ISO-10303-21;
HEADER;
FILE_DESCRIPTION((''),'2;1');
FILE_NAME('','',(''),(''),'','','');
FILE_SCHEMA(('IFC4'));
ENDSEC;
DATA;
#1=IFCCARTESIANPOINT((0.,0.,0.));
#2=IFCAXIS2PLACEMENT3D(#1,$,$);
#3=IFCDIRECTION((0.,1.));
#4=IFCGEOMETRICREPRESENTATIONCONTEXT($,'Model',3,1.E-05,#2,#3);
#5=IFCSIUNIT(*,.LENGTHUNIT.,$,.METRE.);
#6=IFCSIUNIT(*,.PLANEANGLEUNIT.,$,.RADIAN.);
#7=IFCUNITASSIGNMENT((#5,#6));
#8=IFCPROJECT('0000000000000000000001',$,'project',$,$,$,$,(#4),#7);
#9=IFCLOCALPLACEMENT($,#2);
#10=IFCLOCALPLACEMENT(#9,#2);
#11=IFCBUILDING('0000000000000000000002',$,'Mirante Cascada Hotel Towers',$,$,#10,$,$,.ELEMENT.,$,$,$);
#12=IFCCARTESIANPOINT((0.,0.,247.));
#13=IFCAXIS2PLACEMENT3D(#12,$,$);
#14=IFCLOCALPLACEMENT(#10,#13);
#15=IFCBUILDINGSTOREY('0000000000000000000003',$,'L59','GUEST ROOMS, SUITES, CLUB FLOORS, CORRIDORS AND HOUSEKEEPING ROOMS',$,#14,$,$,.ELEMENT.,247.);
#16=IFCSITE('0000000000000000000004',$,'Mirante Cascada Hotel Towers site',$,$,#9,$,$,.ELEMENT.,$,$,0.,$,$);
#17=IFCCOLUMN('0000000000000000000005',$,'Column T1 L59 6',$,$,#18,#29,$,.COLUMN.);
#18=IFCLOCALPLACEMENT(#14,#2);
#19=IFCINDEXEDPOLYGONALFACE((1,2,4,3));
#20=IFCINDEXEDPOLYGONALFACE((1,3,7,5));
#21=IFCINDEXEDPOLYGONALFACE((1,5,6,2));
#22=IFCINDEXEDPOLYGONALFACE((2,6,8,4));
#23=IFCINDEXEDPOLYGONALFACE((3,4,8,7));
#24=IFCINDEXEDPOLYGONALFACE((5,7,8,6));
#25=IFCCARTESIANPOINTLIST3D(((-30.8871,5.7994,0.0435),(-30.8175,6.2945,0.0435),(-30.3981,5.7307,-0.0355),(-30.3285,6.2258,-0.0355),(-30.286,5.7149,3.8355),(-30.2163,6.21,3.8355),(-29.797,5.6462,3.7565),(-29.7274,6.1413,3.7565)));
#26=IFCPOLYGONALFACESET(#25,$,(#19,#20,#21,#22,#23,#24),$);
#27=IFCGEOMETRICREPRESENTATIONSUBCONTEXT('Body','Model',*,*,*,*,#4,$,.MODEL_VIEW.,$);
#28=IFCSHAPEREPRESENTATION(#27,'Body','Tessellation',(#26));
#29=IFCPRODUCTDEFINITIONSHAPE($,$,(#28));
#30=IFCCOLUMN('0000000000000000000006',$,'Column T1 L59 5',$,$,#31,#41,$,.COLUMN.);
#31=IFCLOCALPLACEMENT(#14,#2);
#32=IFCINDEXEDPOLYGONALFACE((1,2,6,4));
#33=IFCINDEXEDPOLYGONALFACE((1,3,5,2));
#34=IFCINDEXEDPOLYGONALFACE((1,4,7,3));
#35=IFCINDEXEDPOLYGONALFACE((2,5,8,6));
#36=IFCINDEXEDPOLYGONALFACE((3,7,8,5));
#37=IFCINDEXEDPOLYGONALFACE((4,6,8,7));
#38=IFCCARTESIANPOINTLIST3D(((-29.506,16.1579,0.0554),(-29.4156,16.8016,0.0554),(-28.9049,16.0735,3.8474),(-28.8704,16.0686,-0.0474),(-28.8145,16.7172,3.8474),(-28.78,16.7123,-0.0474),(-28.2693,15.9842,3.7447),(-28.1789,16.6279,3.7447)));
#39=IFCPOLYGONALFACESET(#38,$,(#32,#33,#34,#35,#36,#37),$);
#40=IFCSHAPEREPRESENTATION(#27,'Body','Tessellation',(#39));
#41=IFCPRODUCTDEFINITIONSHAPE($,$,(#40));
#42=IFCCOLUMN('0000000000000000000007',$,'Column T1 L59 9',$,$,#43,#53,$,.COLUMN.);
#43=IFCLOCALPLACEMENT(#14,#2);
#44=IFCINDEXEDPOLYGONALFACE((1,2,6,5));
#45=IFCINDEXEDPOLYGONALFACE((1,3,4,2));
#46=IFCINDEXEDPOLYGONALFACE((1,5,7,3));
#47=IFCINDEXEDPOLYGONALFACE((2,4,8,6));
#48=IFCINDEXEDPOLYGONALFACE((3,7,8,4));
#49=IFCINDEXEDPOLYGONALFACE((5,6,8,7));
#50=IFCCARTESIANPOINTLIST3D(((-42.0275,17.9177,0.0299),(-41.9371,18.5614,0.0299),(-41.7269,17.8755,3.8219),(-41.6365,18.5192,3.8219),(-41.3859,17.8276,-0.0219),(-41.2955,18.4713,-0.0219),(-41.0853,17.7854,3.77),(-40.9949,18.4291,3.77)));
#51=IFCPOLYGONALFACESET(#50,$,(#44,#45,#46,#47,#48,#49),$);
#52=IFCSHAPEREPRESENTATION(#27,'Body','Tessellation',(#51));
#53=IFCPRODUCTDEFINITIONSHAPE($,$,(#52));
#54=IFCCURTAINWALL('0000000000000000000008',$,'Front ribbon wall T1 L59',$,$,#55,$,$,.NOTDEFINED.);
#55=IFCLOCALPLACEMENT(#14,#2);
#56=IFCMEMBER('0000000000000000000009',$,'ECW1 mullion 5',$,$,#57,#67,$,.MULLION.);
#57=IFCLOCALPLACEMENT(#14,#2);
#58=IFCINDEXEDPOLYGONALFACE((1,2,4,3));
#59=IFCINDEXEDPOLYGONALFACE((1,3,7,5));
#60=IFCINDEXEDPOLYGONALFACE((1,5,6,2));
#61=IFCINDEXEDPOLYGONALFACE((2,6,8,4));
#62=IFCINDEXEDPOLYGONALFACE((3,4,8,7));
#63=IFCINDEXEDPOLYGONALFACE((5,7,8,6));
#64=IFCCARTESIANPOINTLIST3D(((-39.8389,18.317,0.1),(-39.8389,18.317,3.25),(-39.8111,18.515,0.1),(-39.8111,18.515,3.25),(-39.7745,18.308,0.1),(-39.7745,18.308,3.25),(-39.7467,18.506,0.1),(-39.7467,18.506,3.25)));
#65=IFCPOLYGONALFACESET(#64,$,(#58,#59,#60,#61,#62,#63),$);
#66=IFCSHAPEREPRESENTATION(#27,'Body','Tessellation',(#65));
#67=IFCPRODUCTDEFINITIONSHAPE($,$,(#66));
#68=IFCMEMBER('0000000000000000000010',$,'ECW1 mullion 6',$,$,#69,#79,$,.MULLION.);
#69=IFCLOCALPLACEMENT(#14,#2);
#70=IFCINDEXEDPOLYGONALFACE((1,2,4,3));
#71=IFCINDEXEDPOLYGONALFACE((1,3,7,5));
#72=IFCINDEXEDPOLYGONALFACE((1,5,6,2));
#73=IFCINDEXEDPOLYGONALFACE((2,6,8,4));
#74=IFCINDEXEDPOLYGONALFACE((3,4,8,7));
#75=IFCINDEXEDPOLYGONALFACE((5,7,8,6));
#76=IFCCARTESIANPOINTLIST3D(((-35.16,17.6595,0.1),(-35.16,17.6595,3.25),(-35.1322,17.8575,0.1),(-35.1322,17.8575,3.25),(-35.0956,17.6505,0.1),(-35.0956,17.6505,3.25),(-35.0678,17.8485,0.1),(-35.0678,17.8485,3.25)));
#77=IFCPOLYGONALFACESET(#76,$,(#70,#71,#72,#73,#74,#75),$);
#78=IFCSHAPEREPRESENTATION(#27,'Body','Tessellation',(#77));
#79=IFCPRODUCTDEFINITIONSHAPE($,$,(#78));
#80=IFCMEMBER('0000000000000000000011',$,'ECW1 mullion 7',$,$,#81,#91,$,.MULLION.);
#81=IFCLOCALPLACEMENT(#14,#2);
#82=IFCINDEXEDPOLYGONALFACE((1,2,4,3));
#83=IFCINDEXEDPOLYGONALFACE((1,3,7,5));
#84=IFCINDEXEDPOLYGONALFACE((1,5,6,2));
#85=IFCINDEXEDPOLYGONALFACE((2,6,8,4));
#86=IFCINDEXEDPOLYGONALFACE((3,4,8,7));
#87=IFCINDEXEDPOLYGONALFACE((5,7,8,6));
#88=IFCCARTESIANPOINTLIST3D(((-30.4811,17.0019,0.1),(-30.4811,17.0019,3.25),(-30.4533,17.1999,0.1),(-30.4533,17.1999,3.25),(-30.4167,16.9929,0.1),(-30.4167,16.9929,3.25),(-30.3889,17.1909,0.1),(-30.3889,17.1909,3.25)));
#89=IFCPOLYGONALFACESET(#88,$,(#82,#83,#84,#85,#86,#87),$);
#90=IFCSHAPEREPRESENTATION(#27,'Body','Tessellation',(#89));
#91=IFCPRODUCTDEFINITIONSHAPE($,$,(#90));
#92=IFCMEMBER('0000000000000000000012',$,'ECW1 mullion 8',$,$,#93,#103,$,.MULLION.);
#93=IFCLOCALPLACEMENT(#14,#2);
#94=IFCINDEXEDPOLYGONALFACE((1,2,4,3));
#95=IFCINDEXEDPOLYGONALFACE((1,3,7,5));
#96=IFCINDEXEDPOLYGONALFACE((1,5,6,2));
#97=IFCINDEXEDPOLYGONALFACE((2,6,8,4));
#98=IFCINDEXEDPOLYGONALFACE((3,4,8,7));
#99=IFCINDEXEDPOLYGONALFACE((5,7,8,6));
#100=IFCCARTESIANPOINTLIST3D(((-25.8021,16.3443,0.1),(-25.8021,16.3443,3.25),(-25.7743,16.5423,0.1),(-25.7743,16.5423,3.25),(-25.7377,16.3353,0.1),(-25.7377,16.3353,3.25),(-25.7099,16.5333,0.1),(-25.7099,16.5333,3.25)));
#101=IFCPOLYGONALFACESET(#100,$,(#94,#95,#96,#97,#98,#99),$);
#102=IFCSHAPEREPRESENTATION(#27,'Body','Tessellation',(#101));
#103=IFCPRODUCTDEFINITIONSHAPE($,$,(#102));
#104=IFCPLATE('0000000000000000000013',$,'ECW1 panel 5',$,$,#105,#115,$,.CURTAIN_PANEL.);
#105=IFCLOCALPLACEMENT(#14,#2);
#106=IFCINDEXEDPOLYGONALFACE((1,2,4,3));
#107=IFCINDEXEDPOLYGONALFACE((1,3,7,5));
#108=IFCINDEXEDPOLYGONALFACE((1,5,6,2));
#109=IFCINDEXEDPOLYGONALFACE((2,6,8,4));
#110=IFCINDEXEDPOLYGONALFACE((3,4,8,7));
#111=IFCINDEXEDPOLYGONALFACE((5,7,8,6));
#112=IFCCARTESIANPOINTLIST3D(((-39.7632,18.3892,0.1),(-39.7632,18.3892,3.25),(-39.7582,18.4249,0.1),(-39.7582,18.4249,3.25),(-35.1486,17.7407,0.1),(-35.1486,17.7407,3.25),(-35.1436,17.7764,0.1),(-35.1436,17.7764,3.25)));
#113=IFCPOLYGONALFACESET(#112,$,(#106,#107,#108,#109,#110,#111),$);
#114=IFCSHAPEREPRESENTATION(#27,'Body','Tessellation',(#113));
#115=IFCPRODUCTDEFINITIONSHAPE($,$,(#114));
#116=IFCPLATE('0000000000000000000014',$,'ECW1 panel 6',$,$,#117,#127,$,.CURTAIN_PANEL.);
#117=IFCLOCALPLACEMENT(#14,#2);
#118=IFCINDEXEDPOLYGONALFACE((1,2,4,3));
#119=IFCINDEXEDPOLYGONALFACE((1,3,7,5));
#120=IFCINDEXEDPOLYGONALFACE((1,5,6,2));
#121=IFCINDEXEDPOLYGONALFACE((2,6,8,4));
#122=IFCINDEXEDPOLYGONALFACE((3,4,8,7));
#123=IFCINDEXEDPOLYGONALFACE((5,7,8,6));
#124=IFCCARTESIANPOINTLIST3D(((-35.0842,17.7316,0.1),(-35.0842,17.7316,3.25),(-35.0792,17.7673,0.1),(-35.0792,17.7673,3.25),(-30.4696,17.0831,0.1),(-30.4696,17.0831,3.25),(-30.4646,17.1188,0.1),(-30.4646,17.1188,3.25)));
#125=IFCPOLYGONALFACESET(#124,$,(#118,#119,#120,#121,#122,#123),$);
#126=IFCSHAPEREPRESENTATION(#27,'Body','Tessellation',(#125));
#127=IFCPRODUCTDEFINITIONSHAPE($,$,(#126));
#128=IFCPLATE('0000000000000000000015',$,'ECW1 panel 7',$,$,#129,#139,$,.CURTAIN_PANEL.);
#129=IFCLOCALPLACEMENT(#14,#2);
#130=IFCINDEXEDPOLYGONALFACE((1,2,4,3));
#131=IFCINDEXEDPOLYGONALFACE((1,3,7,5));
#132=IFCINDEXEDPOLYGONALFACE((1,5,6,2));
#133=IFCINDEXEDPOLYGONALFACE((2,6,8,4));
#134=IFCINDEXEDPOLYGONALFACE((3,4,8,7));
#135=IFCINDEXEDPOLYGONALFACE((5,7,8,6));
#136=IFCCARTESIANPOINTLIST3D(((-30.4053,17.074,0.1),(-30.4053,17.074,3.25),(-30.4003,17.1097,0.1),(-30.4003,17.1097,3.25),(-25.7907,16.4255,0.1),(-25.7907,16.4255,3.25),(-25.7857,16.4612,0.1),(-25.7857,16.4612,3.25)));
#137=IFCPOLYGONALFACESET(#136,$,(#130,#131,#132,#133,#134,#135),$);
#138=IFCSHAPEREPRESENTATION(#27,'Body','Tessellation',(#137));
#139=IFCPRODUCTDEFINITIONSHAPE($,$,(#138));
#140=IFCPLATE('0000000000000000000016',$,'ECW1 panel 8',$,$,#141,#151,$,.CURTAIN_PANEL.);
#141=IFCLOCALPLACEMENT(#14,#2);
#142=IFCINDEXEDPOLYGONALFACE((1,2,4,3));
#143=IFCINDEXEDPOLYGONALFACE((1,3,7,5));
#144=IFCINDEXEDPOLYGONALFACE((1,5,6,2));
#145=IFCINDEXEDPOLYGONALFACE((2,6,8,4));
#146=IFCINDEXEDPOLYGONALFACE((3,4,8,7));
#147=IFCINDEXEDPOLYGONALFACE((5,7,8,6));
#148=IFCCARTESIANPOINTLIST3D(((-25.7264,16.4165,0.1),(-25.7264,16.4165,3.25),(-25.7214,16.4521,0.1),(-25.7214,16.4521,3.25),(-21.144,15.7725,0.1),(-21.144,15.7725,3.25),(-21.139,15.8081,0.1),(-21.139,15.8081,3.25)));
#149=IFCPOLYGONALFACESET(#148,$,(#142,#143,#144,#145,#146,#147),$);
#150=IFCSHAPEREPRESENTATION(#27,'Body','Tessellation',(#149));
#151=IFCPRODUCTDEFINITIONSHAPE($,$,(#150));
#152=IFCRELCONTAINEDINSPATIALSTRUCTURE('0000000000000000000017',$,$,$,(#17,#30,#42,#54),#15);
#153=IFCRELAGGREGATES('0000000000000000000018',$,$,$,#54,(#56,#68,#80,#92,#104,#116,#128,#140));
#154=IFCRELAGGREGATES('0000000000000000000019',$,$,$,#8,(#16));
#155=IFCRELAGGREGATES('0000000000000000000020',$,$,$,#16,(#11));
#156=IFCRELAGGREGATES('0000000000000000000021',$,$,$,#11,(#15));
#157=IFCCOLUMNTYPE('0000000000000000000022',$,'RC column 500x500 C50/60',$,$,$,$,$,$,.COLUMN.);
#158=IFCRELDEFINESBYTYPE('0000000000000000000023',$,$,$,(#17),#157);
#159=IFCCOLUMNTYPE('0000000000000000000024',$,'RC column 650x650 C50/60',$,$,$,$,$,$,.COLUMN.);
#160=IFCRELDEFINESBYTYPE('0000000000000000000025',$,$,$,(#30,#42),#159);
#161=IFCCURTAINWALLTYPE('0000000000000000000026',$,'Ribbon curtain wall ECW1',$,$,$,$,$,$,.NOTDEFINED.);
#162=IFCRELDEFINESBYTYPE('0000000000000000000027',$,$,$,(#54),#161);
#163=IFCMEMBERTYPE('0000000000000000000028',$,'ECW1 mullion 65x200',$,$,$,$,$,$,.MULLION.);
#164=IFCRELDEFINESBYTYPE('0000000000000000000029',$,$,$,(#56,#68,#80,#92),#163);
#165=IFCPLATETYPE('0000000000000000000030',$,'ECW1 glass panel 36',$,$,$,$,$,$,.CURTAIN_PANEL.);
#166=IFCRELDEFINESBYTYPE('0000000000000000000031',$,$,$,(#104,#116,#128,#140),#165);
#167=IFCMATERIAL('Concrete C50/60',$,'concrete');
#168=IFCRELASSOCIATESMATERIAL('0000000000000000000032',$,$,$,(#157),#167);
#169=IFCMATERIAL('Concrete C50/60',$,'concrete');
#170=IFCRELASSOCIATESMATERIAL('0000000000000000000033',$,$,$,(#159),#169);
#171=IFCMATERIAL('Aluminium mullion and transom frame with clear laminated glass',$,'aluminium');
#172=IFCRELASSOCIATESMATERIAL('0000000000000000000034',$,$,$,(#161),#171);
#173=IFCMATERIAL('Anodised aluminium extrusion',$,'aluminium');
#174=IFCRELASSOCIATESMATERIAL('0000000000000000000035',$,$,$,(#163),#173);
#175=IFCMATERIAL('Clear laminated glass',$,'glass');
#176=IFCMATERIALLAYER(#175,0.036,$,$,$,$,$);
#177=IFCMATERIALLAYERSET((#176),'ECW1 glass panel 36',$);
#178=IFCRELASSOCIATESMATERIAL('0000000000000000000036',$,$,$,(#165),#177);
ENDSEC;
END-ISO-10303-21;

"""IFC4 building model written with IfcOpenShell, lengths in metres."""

from ifc_helpers import new_model, si_unit, direction, frame, origin, origin_2d, place, context, subcontext, project, spatial, rectangle, extrude, material, layer, layer_set, material_profile, profile_set, type_object, element, aggregate, save


model = new_model("IFC4")

# Units and contexts
model_context = context("Model", 3, precision=1e-05, world=origin(), true_north=direction((0.0, 1.0)))
body_context = subcontext(model_context, "Body", "Model", "MODEL_VIEW")
ifc_project = project(units=[si_unit("LENGTHUNIT", "METRE"), si_unit("PLANEANGLEUNIT", "RADIAN")], contexts=[model_context])

# Site, building, storey
site_placement = place(None, origin())
site = spatial("IfcSite", under=ifc_project, at=site_placement, Name="Mirante Cascada Hotel Towers site", CompositionType="ELEMENT", RefElevation=0.0)
building_placement = place(site_placement, origin())
building = spatial("IfcBuilding", under=site, at=building_placement, Name="Mirante Cascada Hotel Towers", CompositionType="ELEMENT")
storey_placement = place(building_placement, frame((0.0, 0.0, 247.0)))
storey = spatial("IfcBuildingStorey", under=building, at=storey_placement, Name="L59", Description="GUEST ROOMS, SUITES, CLUB FLOORS, CORRIDORS AND HOUSEKEEPING ROOMS", CompositionType="ELEMENT", Elevation=247.0)

# Columns
ifc_material_1 = material(Name="Concrete C50/60", Category="concrete")
ifc_material_profile_1 = material_profile(ifc_material_1, rectangle(XDim=0.5, YDim=0.5, at=origin_2d()), Name="RC column 500x500 C50/60")
ifc_profile_set_1 = profile_set([ifc_material_profile_1], Name="Concrete C50/60")
column_type_1 = type_object("IfcColumnType", Name="RC column 500x500 C50/60", PredefinedType="COLUMN", material=ifc_profile_set_1)
column_1_placement = place(storey_placement, frame((-30.6078, 6.0126, 0.004), z_axis=(0.156525, -0.022004, 0.987429), x_axis=(0.139207, 0.990263, 0.0)))
element("IfcColumn", 1, at=column_1_placement, inside=storey, type_object=column_type_1, Name="Column T1 L59 6", PredefinedType="COLUMN", context=body_context, shape_type="SweptSolid", body=[
    extrude(rectangle(XDim=0.5, YDim=0.5, at=origin_2d()), origin(), (0.0, 0.0, 1.0), 3.8403),
])
ifc_material_2 = material(Name="Concrete C50/60", Category="concrete")
ifc_material_profile_2 = material_profile(ifc_material_2, rectangle(XDim=0.65, YDim=0.65, at=origin_2d()), Name="RC column 650x650 C50/60")
ifc_profile_set_2 = profile_set([ifc_material_profile_2], Name="Concrete C50/60")
column_type_2 = type_object("IfcColumnType", Name="RC column 650x650 C50/60", PredefinedType="COLUMN", material=ifc_profile_set_2)
column_2_placement = place(storey_placement, frame((-29.143, 16.4351, 0.004), z_axis=(0.156525, -0.021978, 0.987429), x_axis=(0.139045, 0.990286, 0.0)))
element("IfcColumn", 2, at=column_2_placement, inside=storey, type_object=column_type_2, Name="Column T1 L59 5", PredefinedType="COLUMN", context=body_context, shape_type="SweptSolid", body=[
    extrude(rectangle(XDim=0.65, YDim=0.65, at=origin_2d()), origin(), (0.0, 0.0, 1.0), 3.8403),
])
column_3_placement = place(storey_placement, frame((-41.6615, 18.1945, 0.004), z_axis=(0.079019, -0.011093, 0.996811), x_axis=(0.139023, 0.990289, 0.0)))
element("IfcColumn", 3, at=column_3_placement, inside=storey, type_object=column_type_2, Name="Column T1 L59 9", PredefinedType="COLUMN", context=body_context, shape_type="SweptSolid", body=[
    extrude(rectangle(XDim=0.65, YDim=0.65, at=origin_2d()), origin(), (0.0, 0.0, 1.0), 3.8041),
])

# Curtain wall, members, plates
ifc_material_3 = material(Name="Aluminium mullion and transom frame with clear laminated glass", Category="aluminium")
curtain_wall_type = type_object("IfcCurtainWallType", Name="Ribbon curtain wall ECW1", PredefinedType="NOTDEFINED", material=ifc_material_3)
curtain_wall_placement = place(storey_placement, origin())
curtain_wall = element("IfcCurtainWall", 4, at=curtain_wall_placement, inside=storey, type_object=curtain_wall_type, Name="Front ribbon wall T1 L59", PredefinedType="NOTDEFINED")
ifc_material_4 = material(Name="Anodised aluminium extrusion", Category="aluminium")
ifc_material_profile_3 = material_profile(ifc_material_4, rectangle(XDim=0.2, YDim=0.065, at=origin_2d()), Name="ECW1 MULLION 65x200")
ifc_profile_set_3 = profile_set([ifc_material_profile_3], Name="Anodised aluminium extrusion")
member_type = type_object("IfcMemberType", Name="ECW1 mullion 65x200", PredefinedType="MULLION", material=ifc_profile_set_3)
member_1_placement = place(storey_placement, frame((-39.7928, 18.4115, 0.1), z_axis=(0.0, 0.0, 1.0), x_axis=(0.139173, 0.990268, 0.0)))
member_1 = element("IfcMember", 5, at=member_1_placement, type_object=member_type, Name="ECW1 mullion 5", PredefinedType="MULLION", context=body_context, shape_type="SweptSolid", body=[
    extrude(rectangle(XDim=0.2, YDim=0.065, at=origin_2d()), origin(), (0.0, 0.0, 1.0), 3.15),
])
member_2_placement = place(storey_placement, frame((-35.1139, 17.754, 0.1), z_axis=(0.0, 0.0, 1.0), x_axis=(0.139173, 0.990268, 0.0)))
member_2 = element("IfcMember", 6, at=member_2_placement, type_object=member_type, Name="ECW1 mullion 6", PredefinedType="MULLION", context=body_context, shape_type="SweptSolid", body=[
    extrude(rectangle(XDim=0.2, YDim=0.065, at=origin_2d()), origin(), (0.0, 0.0, 1.0), 3.15),
])
member_3_placement = place(storey_placement, frame((-30.435, 17.0964, 0.1), z_axis=(0.0, 0.0, 1.0), x_axis=(0.139173, 0.990268, 0.0)))
member_3 = element("IfcMember", 7, at=member_3_placement, type_object=member_type, Name="ECW1 mullion 7", PredefinedType="MULLION", context=body_context, shape_type="SweptSolid", body=[
    extrude(rectangle(XDim=0.2, YDim=0.065, at=origin_2d()), origin(), (0.0, 0.0, 1.0), 3.15),
])
member_4_placement = place(storey_placement, frame((-25.756, 16.4388, 0.1), z_axis=(0.0, 0.0, 1.0), x_axis=(0.139173, 0.990268, 0.0)))
member_4 = element("IfcMember", 8, at=member_4_placement, type_object=member_type, Name="ECW1 mullion 8", PredefinedType="MULLION", context=body_context, shape_type="SweptSolid", body=[
    extrude(rectangle(XDim=0.2, YDim=0.065, at=origin_2d()), origin(), (0.0, 0.0, 1.0), 3.15),
])
ifc_material_5 = material(Name="Clear laminated glass", Category="glass")
ifc_layer_1 = layer(ifc_material_5, 0.036)
ifc_layer_set_1 = layer_set([ifc_layer_1], Name="ECW1 glass panel 36")
plate_type = type_object("IfcPlateType", Name="ECW1 glass panel 36", PredefinedType="CURTAIN_PANEL", material=ifc_layer_set_1)
plate_1_placement = place(storey_placement, frame((-37.4534, 18.0828, 0.1), z_axis=(0.0, 0.0, 1.0), x_axis=(0.990268, -0.139173, 0.0)))
plate_1 = element("IfcPlate", 9, at=plate_1_placement, type_object=plate_type, Name="ECW1 panel 5", PredefinedType="CURTAIN_PANEL", context=body_context, shape_type="SweptSolid", body=[
    extrude(rectangle(XDim=4.6599, YDim=0.036, at=origin_2d()), origin(), (0.0, 0.0, 1.0), 3.15),
])
plate_2_placement = place(storey_placement, frame((-32.7744, 17.4252, 0.1), z_axis=(0.0, 0.0, 1.0), x_axis=(0.990268, -0.139173, 0.0)))
plate_2 = element("IfcPlate", 10, at=plate_2_placement, type_object=plate_type, Name="ECW1 panel 6", PredefinedType="CURTAIN_PANEL", context=body_context, shape_type="SweptSolid", body=[
    extrude(rectangle(XDim=4.6599, YDim=0.036, at=origin_2d()), origin(), (0.0, 0.0, 1.0), 3.15),
])
plate_3_placement = place(storey_placement, frame((-28.0955, 16.7676, 0.1), z_axis=(0.0, 0.0, 1.0), x_axis=(0.990268, -0.139173, 0.0)))
plate_3 = element("IfcPlate", 11, at=plate_3_placement, type_object=plate_type, Name="ECW1 panel 7", PredefinedType="CURTAIN_PANEL", context=body_context, shape_type="SweptSolid", body=[
    extrude(rectangle(XDim=4.6599, YDim=0.036, at=origin_2d()), origin(), (0.0, 0.0, 1.0), 3.15),
])
plate_4_placement = place(storey_placement, frame((-23.4327, 16.1123, 0.1), z_axis=(0.0, 0.0, 1.0), x_axis=(0.990268, -0.139173, 0.0)))
plate_4 = element("IfcPlate", 12, at=plate_4_placement, type_object=plate_type, Name="ECW1 panel 8", PredefinedType="CURTAIN_PANEL", context=body_context, shape_type="SweptSolid", body=[
    extrude(rectangle(XDim=4.6274, YDim=0.036, at=origin_2d()), origin(), (0.0, 0.0, 1.0), 3.15),
])
aggregate(curtain_wall, [member_1, member_2, member_3, member_4, plate_1, plate_2, plate_3, plate_4])

save(model, "model.ifc")
